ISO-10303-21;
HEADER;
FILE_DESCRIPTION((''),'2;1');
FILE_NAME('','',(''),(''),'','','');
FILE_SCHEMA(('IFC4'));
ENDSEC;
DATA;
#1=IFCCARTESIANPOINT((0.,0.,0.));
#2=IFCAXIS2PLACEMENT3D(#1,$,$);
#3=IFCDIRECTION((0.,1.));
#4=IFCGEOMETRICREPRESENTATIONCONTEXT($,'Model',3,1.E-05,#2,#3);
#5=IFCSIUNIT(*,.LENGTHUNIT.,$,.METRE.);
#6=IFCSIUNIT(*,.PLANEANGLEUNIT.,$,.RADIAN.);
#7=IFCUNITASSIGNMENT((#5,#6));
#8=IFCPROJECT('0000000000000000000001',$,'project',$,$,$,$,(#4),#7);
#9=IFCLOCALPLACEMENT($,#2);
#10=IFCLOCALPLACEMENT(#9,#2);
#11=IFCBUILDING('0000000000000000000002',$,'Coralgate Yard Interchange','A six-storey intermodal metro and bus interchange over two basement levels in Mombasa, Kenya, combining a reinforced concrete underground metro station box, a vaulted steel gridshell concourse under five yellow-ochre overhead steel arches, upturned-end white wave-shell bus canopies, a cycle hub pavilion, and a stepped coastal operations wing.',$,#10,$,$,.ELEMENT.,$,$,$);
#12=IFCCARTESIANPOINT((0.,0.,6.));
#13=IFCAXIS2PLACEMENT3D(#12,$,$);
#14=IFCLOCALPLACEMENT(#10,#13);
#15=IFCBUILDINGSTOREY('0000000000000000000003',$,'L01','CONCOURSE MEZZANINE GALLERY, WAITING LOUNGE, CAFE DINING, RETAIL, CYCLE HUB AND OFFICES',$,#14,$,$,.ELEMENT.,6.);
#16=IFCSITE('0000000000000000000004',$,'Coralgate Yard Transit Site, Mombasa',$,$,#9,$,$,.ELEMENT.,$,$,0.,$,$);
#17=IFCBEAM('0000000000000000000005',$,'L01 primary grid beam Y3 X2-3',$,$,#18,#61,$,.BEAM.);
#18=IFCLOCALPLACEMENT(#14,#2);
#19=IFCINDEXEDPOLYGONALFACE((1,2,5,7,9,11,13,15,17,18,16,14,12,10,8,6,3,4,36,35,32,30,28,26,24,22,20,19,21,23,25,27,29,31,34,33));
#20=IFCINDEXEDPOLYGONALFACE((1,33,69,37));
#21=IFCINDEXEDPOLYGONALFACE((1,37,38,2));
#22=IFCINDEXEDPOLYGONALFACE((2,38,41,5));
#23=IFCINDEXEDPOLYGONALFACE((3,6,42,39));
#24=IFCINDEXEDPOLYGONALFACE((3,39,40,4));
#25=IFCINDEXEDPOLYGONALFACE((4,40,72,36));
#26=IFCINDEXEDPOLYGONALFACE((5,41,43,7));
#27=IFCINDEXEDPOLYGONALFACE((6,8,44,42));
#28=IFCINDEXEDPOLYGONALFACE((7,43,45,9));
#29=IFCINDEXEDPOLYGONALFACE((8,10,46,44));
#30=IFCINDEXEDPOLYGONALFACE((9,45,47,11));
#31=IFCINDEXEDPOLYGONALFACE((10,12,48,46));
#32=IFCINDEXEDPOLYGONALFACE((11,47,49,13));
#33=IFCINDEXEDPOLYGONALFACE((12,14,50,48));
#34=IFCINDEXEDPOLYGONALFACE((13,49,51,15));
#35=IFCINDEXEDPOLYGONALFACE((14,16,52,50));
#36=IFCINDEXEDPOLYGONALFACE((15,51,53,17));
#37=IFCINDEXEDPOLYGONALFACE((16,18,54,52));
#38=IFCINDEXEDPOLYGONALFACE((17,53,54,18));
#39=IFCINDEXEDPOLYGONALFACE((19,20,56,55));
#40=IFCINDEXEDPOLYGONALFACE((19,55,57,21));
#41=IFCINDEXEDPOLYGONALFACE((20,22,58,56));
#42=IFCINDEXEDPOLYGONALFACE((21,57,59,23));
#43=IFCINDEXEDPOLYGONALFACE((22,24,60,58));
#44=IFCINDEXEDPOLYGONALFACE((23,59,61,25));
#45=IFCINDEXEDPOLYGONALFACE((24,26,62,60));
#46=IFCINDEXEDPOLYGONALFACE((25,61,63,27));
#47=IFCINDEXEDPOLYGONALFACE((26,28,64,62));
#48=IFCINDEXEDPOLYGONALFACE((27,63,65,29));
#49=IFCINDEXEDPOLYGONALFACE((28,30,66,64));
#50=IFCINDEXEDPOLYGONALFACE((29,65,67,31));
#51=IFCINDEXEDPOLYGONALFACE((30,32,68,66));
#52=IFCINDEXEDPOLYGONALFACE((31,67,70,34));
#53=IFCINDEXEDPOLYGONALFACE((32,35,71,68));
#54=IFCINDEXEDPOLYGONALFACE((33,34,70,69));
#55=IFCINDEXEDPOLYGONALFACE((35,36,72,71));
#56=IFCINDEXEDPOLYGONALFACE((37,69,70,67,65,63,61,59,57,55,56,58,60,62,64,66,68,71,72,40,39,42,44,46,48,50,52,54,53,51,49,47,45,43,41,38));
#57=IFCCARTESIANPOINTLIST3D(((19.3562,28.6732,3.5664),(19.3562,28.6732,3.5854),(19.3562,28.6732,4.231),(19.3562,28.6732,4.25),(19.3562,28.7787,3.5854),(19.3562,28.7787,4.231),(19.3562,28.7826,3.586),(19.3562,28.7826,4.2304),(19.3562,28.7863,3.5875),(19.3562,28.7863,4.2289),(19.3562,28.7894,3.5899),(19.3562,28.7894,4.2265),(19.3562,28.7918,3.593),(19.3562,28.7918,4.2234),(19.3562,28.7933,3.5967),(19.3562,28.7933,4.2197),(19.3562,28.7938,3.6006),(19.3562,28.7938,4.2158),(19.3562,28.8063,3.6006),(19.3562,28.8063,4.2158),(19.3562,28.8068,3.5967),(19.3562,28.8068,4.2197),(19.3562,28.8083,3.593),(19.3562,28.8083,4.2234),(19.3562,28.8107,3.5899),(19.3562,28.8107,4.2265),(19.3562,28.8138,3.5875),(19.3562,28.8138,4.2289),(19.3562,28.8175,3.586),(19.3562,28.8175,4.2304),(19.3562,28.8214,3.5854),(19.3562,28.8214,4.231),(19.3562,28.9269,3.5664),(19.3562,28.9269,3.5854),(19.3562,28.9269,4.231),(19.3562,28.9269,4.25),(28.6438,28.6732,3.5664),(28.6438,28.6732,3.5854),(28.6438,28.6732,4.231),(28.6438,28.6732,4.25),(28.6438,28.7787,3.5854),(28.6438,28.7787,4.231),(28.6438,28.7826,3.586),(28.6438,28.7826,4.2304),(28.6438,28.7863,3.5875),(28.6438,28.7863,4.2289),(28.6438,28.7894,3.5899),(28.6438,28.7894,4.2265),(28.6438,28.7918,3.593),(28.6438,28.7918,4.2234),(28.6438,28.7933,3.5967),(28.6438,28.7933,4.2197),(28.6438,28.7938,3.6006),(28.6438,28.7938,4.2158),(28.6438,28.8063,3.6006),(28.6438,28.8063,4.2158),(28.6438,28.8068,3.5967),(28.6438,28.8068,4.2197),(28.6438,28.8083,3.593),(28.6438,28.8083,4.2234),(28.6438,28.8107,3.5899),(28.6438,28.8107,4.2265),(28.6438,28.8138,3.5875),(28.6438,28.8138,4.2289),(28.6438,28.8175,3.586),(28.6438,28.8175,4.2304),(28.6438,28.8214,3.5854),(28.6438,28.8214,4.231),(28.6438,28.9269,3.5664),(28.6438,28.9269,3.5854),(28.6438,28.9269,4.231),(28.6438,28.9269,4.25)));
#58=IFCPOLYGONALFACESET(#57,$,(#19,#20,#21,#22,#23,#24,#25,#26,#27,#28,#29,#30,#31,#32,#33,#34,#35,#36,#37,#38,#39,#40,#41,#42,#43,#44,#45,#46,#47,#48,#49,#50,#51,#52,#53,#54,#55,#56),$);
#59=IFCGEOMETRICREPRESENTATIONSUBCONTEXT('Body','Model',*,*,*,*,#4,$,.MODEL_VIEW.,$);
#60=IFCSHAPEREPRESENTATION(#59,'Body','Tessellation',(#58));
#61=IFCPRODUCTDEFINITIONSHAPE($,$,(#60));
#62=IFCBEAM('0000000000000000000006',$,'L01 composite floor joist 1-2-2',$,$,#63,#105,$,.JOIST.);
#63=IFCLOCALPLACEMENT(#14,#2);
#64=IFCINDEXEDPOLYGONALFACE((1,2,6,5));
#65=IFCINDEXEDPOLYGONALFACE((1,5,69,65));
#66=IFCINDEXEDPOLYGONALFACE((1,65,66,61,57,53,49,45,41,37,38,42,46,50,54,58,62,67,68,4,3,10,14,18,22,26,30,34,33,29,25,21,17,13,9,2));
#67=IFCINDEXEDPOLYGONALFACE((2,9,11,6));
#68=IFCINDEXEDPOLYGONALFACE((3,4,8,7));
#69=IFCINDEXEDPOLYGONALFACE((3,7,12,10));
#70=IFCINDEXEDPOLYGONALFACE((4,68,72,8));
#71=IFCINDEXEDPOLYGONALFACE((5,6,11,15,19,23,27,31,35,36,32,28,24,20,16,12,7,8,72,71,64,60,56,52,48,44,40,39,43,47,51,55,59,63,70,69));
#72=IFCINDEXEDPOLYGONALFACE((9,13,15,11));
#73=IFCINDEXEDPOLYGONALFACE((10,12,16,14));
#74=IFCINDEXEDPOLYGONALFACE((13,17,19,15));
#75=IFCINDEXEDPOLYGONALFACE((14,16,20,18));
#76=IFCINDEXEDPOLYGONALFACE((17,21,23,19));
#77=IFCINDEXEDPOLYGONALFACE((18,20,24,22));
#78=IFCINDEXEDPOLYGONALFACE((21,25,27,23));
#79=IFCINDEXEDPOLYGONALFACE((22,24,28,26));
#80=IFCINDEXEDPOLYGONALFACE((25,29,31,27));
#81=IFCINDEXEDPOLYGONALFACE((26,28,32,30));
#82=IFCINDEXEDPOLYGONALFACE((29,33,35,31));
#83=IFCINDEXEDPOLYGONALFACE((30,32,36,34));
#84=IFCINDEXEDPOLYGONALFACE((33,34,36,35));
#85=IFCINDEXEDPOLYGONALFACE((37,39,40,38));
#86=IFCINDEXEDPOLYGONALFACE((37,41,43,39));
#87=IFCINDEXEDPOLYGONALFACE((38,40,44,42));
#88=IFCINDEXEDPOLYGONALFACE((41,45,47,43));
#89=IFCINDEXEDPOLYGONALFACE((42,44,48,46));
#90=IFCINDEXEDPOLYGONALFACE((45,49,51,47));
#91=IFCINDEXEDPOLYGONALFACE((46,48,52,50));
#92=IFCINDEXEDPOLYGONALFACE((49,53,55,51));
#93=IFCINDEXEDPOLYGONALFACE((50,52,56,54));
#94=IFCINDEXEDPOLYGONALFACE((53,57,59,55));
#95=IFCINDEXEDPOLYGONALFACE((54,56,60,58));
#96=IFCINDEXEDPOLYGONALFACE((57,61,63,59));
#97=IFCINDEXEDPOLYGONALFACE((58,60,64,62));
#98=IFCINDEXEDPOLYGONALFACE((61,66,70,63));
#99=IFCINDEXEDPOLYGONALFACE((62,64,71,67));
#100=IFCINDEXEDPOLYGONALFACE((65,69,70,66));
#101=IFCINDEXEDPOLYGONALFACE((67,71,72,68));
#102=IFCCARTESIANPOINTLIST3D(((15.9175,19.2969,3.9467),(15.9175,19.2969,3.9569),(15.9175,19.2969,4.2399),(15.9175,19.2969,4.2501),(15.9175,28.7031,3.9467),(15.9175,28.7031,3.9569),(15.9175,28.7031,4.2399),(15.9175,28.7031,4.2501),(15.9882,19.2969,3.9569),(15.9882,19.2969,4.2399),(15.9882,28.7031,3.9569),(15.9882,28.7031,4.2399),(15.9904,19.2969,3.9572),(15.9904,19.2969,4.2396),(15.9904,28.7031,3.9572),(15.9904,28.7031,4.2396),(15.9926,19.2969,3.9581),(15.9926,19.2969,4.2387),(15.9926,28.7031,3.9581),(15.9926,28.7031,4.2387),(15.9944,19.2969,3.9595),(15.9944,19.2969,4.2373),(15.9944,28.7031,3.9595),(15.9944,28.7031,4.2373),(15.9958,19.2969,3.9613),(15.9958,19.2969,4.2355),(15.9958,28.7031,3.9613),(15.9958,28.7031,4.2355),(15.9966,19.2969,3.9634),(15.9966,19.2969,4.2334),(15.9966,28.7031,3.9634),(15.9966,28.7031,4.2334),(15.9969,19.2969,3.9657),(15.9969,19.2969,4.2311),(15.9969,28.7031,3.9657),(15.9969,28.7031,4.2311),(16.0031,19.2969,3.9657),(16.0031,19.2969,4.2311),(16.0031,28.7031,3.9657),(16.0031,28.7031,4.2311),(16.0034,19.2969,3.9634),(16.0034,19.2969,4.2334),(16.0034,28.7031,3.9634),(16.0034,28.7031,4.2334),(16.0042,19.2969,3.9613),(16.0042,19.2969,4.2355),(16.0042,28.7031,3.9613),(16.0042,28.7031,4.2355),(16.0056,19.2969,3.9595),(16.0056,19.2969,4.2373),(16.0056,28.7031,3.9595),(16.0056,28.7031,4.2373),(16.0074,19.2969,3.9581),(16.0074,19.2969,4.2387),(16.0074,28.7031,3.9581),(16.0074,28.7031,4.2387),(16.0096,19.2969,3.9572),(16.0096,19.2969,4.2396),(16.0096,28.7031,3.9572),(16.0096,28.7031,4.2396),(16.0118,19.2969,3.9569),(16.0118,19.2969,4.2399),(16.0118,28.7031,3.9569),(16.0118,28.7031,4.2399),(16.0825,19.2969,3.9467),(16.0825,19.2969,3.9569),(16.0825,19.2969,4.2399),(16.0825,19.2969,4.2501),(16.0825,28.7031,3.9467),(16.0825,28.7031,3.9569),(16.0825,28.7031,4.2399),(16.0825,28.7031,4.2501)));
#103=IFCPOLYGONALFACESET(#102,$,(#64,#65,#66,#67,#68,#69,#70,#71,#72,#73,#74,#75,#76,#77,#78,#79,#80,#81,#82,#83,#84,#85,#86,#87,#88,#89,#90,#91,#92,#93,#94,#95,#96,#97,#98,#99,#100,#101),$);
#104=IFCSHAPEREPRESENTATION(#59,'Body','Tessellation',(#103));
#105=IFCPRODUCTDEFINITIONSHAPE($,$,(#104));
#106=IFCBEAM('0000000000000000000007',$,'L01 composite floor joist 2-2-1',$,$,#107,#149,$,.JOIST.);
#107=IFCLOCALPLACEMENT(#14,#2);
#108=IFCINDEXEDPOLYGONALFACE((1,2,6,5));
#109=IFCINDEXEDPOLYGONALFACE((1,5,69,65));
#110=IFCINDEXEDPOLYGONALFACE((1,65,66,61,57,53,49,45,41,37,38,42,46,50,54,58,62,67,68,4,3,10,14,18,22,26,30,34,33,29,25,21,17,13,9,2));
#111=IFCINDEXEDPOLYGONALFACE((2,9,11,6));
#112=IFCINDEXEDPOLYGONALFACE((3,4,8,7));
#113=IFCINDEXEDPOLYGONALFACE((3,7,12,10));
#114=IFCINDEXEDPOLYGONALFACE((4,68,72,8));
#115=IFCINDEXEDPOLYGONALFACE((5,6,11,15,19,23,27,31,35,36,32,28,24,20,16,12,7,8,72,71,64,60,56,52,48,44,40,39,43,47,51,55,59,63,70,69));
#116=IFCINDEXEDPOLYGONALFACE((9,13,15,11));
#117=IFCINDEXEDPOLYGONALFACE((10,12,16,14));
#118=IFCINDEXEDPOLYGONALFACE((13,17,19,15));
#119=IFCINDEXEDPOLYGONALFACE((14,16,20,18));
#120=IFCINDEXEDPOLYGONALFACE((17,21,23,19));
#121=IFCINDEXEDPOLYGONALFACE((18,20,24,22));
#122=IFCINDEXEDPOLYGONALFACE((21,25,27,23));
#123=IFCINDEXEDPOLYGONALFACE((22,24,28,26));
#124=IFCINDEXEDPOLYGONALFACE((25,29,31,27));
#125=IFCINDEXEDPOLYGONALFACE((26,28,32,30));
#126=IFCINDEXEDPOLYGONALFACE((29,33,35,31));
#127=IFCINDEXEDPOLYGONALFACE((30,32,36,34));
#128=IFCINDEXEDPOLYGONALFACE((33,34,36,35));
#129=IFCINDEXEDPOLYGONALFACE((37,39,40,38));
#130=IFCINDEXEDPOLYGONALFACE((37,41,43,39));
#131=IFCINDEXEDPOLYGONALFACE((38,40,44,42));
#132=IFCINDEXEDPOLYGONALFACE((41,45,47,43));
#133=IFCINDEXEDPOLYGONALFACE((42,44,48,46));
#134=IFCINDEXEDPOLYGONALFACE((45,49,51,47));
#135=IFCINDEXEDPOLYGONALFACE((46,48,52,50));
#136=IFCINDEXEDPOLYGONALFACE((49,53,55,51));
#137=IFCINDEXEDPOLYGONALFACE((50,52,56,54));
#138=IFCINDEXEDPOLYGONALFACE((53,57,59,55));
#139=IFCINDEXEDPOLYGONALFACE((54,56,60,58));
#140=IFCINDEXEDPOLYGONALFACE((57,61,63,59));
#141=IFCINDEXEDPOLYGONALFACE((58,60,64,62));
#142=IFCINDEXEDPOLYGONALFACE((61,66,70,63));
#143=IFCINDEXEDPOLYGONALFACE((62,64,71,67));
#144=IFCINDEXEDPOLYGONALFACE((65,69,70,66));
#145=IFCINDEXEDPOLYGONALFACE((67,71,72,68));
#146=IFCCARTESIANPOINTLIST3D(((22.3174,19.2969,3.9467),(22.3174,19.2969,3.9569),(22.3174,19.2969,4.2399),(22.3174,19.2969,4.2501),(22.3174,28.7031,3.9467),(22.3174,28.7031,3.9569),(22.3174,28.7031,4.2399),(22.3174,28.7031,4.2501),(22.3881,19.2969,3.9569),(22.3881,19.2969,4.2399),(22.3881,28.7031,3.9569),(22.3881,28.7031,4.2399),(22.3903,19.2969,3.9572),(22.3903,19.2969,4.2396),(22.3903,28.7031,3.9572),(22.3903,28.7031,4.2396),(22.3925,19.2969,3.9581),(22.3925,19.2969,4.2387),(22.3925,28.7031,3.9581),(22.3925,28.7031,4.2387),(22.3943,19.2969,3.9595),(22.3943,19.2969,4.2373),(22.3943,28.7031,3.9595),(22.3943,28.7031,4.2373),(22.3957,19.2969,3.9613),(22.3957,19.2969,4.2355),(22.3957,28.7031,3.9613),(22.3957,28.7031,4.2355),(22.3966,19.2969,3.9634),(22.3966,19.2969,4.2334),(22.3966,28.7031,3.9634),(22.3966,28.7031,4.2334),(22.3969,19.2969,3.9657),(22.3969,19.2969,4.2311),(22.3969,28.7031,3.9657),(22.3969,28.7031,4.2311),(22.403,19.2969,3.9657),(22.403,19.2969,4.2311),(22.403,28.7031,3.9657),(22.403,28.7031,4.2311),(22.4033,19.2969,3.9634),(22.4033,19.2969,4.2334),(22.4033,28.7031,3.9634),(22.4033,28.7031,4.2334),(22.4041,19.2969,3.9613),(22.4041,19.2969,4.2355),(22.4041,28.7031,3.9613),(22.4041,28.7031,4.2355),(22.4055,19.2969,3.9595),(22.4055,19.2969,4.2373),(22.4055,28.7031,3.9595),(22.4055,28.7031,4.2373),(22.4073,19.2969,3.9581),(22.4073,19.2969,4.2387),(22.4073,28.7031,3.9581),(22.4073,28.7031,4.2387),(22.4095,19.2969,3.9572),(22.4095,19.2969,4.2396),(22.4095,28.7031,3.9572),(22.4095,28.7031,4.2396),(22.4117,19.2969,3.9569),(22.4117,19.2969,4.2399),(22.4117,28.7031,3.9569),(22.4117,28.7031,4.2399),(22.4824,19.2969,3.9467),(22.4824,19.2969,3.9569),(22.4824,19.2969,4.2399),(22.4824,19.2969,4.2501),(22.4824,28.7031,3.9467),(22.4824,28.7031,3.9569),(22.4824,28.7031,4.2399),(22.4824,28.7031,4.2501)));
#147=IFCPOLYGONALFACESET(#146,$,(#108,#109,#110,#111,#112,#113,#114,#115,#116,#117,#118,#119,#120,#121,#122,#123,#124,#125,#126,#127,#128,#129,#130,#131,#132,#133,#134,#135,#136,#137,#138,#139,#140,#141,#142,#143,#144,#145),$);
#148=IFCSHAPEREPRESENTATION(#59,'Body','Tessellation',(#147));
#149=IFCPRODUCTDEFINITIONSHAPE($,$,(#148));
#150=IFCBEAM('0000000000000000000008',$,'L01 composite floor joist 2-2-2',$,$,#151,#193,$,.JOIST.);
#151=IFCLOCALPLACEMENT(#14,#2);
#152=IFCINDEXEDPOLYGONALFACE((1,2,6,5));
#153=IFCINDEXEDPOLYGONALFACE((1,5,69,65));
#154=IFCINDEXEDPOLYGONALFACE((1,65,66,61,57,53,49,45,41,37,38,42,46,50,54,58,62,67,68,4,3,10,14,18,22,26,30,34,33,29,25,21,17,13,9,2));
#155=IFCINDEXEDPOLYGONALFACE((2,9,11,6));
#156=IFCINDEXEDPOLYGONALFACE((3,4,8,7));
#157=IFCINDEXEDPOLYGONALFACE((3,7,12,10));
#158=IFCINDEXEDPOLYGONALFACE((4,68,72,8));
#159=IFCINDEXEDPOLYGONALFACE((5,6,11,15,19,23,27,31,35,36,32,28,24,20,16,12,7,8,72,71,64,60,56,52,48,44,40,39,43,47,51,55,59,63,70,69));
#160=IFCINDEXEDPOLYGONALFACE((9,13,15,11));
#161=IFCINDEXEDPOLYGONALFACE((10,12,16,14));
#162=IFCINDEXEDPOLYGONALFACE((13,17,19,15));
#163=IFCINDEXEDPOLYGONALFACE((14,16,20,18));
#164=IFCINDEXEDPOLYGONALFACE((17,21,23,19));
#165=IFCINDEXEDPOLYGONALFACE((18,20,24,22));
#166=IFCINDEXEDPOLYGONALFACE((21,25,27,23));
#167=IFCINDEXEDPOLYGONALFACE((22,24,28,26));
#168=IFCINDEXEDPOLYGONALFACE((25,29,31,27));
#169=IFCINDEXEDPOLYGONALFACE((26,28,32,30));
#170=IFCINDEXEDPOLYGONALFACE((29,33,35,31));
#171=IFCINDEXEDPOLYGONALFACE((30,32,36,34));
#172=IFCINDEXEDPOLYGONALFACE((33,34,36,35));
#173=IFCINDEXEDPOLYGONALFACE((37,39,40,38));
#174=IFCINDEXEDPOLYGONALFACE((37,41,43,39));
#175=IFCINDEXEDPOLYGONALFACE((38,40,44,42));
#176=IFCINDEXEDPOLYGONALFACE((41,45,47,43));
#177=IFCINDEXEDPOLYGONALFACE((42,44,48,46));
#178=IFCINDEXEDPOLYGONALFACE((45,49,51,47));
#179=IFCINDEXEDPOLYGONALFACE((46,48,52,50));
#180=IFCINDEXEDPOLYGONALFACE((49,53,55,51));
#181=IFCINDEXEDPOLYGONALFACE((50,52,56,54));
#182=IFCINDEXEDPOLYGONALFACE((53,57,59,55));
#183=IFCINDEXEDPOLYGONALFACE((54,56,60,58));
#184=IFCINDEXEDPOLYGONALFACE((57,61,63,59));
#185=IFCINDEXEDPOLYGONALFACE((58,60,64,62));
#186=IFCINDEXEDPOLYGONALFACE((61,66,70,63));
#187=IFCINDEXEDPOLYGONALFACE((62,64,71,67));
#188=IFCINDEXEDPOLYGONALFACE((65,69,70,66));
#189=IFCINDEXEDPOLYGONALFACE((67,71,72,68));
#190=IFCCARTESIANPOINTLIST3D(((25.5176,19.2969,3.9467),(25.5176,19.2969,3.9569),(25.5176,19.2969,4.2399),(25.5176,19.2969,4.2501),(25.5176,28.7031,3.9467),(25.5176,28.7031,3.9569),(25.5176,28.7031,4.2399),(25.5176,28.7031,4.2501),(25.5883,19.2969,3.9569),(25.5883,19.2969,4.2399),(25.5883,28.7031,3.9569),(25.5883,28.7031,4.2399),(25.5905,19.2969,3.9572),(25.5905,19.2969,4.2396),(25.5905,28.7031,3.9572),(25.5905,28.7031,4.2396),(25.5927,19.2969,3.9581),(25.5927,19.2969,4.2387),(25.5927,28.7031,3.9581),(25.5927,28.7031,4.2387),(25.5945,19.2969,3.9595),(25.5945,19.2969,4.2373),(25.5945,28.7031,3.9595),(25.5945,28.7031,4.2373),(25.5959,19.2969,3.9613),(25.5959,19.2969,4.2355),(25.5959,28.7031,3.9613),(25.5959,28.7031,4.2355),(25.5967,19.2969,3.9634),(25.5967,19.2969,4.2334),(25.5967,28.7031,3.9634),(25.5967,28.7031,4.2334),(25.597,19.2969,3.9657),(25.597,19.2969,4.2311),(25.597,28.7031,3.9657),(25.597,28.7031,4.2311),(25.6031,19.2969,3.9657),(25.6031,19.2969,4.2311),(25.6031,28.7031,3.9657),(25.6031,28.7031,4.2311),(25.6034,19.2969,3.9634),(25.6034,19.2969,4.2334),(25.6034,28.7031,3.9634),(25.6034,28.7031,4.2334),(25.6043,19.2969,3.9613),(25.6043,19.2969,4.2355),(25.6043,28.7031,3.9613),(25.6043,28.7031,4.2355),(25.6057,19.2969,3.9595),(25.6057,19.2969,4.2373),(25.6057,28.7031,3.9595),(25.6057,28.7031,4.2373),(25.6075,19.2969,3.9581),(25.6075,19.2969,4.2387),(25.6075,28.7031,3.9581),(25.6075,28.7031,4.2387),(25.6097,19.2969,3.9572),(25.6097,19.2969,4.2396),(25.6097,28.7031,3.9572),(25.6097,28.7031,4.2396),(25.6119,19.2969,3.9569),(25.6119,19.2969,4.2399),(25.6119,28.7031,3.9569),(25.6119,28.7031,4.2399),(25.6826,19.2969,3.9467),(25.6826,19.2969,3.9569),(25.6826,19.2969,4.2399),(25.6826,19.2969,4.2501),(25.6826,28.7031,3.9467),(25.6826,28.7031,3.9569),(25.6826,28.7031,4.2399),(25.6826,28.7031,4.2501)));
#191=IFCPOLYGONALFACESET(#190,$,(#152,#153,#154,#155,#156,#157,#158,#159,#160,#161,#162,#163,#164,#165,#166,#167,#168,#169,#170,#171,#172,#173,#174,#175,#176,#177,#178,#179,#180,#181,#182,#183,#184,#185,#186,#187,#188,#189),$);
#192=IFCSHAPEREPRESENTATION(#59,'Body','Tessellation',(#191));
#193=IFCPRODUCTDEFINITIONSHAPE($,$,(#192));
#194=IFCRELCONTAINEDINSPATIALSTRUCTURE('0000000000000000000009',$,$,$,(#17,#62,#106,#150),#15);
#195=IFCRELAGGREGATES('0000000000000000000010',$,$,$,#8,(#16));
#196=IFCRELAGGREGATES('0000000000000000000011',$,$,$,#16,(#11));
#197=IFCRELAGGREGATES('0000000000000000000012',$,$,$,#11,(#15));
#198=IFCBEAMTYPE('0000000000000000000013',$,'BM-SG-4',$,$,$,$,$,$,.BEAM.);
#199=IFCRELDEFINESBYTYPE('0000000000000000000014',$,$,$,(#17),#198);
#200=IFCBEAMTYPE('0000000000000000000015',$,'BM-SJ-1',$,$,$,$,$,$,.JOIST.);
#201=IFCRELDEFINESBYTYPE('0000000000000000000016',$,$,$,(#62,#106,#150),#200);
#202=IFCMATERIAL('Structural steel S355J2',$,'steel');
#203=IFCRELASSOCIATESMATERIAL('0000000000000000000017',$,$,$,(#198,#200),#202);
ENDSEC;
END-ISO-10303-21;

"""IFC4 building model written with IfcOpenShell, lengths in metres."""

from ifc_helpers import new_model, si_unit, direction, frame, origin, origin_2d, place, context, subcontext, project, spatial, i_section, extrude, material, material_profile, profile_set, type_object, element, save


model = new_model("IFC4")

# Units and contexts
model_context = context("Model", 3, precision=1e-05, world=origin(), true_north=direction((0.0, 1.0)))
body_context = subcontext(model_context, "Body", "Model", "MODEL_VIEW")
ifc_project = project(units=[si_unit("LENGTHUNIT", "METRE"), si_unit("PLANEANGLEUNIT", "RADIAN")], contexts=[model_context])

# Site, building, storey
site_placement = place(None, origin())
site = spatial("IfcSite", under=ifc_project, at=site_placement, Name="Coralgate Yard Transit Site, Mombasa", CompositionType="ELEMENT", RefElevation=0.0)
building_placement = place(site_placement, origin())
building = spatial("IfcBuilding", under=site, at=building_placement, Name="Coralgate Yard Interchange", Description="A six-storey intermodal metro and bus interchange over two basement levels in Mombasa, Kenya, combining a reinforced concrete underground metro station box, a vaulted steel gridshell concourse under five yellow-ochre overhead steel arches, upturned-end white wave-shell bus canopies, a cycle hub pavilion, and a stepped coastal operations wing.", CompositionType="ELEMENT")
storey_placement = place(building_placement, frame((0.0, 0.0, 6.0)))
storey = spatial("IfcBuildingStorey", under=building, at=storey_placement, Name="L01", Description="CONCOURSE MEZZANINE GALLERY, WAITING LOUNGE, CAFE DINING, RETAIL, CYCLE HUB AND OFFICES", CompositionType="ELEMENT", Elevation=6.0)

# Shared definitions
ifc_material_1 = material(Name="Structural steel S355J2", Category="steel")

# Beams
ifc_material_profile_1 = material_profile(ifc_material_1, i_section(OverallWidth=0.2537, OverallDepth=0.6836, WebThickness=0.0125, FlangeThickness=0.019, FilletRadius=0.0151, at=origin_2d()), Name="UB 686x254x140")
ifc_profile_set_1 = profile_set([ifc_material_profile_1], Name="Structural steel S355J2")
beam_type_1 = type_object("IfcBeamType", Name="BM-SG-4", PredefinedType="BEAM", material=ifc_profile_set_1)
beam_1_placement = place(storey_placement, frame((19.3562, 28.8, 3.9082), z_axis=(1.0, 0.0, 0.0), x_axis=(0.0, 1.0, 0.0)))
element("IfcBeam", 1, at=beam_1_placement, inside=storey, type_object=beam_type_1, Name="L01 primary grid beam Y3 X2-3", PredefinedType="BEAM", context=body_context, shape_type="SweptSolid", body=[
    extrude(i_section(OverallWidth=0.2537, OverallDepth=0.6836, WebThickness=0.0125, FlangeThickness=0.019, FilletRadius=0.0151, at=origin_2d()), origin(), (0.0, 0.0, 1.0), 9.2876),
])
ifc_material_profile_2 = material_profile(ifc_material_1, i_section(OverallWidth=0.165, OverallDepth=0.3035, WebThickness=0.0061, FlangeThickness=0.0103, FilletRadius=0.0088, at=origin_2d()), Name="UB 305x165x40")
ifc_profile_set_2 = profile_set([ifc_material_profile_2], Name="Structural steel S355J2")
beam_type_2 = type_object("IfcBeamType", Name="BM-SJ-1", PredefinedType="JOIST", material=ifc_profile_set_2)
for number, where, z_axis, x_axis, name in (
    (2, (16.0, 19.2969, 4.0984), (0.0, 1.0, 0.0), (-1.0, 0.0, 0.0), "L01 composite floor joist 1-2-2"),
    (3, (22.3999, 19.2969, 4.0984), (0.0, 1.0, 0.0), (-1.0, 0.0, 0.0), "L01 composite floor joist 2-2-1"),
    (4, (25.6001, 19.2969, 4.0984), (0.0, 1.0, 0.0), (-1.0, 0.0, 0.0), "L01 composite floor joist 2-2-2"),
):
    element("IfcBeam", number, at=place(storey_placement, frame(where, z_axis=z_axis, x_axis=x_axis)), inside=storey, type_object=beam_type_2, Name=name, PredefinedType="JOIST", context=body_context, shape_type="SweptSolid", body=[
        extrude(i_section(OverallWidth=0.165, OverallDepth=0.3035, WebThickness=0.0061, FlangeThickness=0.0103, FilletRadius=0.0088, at=origin_2d()), origin(), (0.0, 0.0, 1.0), 9.4062),
    ])

save(model, "model.ifc")
